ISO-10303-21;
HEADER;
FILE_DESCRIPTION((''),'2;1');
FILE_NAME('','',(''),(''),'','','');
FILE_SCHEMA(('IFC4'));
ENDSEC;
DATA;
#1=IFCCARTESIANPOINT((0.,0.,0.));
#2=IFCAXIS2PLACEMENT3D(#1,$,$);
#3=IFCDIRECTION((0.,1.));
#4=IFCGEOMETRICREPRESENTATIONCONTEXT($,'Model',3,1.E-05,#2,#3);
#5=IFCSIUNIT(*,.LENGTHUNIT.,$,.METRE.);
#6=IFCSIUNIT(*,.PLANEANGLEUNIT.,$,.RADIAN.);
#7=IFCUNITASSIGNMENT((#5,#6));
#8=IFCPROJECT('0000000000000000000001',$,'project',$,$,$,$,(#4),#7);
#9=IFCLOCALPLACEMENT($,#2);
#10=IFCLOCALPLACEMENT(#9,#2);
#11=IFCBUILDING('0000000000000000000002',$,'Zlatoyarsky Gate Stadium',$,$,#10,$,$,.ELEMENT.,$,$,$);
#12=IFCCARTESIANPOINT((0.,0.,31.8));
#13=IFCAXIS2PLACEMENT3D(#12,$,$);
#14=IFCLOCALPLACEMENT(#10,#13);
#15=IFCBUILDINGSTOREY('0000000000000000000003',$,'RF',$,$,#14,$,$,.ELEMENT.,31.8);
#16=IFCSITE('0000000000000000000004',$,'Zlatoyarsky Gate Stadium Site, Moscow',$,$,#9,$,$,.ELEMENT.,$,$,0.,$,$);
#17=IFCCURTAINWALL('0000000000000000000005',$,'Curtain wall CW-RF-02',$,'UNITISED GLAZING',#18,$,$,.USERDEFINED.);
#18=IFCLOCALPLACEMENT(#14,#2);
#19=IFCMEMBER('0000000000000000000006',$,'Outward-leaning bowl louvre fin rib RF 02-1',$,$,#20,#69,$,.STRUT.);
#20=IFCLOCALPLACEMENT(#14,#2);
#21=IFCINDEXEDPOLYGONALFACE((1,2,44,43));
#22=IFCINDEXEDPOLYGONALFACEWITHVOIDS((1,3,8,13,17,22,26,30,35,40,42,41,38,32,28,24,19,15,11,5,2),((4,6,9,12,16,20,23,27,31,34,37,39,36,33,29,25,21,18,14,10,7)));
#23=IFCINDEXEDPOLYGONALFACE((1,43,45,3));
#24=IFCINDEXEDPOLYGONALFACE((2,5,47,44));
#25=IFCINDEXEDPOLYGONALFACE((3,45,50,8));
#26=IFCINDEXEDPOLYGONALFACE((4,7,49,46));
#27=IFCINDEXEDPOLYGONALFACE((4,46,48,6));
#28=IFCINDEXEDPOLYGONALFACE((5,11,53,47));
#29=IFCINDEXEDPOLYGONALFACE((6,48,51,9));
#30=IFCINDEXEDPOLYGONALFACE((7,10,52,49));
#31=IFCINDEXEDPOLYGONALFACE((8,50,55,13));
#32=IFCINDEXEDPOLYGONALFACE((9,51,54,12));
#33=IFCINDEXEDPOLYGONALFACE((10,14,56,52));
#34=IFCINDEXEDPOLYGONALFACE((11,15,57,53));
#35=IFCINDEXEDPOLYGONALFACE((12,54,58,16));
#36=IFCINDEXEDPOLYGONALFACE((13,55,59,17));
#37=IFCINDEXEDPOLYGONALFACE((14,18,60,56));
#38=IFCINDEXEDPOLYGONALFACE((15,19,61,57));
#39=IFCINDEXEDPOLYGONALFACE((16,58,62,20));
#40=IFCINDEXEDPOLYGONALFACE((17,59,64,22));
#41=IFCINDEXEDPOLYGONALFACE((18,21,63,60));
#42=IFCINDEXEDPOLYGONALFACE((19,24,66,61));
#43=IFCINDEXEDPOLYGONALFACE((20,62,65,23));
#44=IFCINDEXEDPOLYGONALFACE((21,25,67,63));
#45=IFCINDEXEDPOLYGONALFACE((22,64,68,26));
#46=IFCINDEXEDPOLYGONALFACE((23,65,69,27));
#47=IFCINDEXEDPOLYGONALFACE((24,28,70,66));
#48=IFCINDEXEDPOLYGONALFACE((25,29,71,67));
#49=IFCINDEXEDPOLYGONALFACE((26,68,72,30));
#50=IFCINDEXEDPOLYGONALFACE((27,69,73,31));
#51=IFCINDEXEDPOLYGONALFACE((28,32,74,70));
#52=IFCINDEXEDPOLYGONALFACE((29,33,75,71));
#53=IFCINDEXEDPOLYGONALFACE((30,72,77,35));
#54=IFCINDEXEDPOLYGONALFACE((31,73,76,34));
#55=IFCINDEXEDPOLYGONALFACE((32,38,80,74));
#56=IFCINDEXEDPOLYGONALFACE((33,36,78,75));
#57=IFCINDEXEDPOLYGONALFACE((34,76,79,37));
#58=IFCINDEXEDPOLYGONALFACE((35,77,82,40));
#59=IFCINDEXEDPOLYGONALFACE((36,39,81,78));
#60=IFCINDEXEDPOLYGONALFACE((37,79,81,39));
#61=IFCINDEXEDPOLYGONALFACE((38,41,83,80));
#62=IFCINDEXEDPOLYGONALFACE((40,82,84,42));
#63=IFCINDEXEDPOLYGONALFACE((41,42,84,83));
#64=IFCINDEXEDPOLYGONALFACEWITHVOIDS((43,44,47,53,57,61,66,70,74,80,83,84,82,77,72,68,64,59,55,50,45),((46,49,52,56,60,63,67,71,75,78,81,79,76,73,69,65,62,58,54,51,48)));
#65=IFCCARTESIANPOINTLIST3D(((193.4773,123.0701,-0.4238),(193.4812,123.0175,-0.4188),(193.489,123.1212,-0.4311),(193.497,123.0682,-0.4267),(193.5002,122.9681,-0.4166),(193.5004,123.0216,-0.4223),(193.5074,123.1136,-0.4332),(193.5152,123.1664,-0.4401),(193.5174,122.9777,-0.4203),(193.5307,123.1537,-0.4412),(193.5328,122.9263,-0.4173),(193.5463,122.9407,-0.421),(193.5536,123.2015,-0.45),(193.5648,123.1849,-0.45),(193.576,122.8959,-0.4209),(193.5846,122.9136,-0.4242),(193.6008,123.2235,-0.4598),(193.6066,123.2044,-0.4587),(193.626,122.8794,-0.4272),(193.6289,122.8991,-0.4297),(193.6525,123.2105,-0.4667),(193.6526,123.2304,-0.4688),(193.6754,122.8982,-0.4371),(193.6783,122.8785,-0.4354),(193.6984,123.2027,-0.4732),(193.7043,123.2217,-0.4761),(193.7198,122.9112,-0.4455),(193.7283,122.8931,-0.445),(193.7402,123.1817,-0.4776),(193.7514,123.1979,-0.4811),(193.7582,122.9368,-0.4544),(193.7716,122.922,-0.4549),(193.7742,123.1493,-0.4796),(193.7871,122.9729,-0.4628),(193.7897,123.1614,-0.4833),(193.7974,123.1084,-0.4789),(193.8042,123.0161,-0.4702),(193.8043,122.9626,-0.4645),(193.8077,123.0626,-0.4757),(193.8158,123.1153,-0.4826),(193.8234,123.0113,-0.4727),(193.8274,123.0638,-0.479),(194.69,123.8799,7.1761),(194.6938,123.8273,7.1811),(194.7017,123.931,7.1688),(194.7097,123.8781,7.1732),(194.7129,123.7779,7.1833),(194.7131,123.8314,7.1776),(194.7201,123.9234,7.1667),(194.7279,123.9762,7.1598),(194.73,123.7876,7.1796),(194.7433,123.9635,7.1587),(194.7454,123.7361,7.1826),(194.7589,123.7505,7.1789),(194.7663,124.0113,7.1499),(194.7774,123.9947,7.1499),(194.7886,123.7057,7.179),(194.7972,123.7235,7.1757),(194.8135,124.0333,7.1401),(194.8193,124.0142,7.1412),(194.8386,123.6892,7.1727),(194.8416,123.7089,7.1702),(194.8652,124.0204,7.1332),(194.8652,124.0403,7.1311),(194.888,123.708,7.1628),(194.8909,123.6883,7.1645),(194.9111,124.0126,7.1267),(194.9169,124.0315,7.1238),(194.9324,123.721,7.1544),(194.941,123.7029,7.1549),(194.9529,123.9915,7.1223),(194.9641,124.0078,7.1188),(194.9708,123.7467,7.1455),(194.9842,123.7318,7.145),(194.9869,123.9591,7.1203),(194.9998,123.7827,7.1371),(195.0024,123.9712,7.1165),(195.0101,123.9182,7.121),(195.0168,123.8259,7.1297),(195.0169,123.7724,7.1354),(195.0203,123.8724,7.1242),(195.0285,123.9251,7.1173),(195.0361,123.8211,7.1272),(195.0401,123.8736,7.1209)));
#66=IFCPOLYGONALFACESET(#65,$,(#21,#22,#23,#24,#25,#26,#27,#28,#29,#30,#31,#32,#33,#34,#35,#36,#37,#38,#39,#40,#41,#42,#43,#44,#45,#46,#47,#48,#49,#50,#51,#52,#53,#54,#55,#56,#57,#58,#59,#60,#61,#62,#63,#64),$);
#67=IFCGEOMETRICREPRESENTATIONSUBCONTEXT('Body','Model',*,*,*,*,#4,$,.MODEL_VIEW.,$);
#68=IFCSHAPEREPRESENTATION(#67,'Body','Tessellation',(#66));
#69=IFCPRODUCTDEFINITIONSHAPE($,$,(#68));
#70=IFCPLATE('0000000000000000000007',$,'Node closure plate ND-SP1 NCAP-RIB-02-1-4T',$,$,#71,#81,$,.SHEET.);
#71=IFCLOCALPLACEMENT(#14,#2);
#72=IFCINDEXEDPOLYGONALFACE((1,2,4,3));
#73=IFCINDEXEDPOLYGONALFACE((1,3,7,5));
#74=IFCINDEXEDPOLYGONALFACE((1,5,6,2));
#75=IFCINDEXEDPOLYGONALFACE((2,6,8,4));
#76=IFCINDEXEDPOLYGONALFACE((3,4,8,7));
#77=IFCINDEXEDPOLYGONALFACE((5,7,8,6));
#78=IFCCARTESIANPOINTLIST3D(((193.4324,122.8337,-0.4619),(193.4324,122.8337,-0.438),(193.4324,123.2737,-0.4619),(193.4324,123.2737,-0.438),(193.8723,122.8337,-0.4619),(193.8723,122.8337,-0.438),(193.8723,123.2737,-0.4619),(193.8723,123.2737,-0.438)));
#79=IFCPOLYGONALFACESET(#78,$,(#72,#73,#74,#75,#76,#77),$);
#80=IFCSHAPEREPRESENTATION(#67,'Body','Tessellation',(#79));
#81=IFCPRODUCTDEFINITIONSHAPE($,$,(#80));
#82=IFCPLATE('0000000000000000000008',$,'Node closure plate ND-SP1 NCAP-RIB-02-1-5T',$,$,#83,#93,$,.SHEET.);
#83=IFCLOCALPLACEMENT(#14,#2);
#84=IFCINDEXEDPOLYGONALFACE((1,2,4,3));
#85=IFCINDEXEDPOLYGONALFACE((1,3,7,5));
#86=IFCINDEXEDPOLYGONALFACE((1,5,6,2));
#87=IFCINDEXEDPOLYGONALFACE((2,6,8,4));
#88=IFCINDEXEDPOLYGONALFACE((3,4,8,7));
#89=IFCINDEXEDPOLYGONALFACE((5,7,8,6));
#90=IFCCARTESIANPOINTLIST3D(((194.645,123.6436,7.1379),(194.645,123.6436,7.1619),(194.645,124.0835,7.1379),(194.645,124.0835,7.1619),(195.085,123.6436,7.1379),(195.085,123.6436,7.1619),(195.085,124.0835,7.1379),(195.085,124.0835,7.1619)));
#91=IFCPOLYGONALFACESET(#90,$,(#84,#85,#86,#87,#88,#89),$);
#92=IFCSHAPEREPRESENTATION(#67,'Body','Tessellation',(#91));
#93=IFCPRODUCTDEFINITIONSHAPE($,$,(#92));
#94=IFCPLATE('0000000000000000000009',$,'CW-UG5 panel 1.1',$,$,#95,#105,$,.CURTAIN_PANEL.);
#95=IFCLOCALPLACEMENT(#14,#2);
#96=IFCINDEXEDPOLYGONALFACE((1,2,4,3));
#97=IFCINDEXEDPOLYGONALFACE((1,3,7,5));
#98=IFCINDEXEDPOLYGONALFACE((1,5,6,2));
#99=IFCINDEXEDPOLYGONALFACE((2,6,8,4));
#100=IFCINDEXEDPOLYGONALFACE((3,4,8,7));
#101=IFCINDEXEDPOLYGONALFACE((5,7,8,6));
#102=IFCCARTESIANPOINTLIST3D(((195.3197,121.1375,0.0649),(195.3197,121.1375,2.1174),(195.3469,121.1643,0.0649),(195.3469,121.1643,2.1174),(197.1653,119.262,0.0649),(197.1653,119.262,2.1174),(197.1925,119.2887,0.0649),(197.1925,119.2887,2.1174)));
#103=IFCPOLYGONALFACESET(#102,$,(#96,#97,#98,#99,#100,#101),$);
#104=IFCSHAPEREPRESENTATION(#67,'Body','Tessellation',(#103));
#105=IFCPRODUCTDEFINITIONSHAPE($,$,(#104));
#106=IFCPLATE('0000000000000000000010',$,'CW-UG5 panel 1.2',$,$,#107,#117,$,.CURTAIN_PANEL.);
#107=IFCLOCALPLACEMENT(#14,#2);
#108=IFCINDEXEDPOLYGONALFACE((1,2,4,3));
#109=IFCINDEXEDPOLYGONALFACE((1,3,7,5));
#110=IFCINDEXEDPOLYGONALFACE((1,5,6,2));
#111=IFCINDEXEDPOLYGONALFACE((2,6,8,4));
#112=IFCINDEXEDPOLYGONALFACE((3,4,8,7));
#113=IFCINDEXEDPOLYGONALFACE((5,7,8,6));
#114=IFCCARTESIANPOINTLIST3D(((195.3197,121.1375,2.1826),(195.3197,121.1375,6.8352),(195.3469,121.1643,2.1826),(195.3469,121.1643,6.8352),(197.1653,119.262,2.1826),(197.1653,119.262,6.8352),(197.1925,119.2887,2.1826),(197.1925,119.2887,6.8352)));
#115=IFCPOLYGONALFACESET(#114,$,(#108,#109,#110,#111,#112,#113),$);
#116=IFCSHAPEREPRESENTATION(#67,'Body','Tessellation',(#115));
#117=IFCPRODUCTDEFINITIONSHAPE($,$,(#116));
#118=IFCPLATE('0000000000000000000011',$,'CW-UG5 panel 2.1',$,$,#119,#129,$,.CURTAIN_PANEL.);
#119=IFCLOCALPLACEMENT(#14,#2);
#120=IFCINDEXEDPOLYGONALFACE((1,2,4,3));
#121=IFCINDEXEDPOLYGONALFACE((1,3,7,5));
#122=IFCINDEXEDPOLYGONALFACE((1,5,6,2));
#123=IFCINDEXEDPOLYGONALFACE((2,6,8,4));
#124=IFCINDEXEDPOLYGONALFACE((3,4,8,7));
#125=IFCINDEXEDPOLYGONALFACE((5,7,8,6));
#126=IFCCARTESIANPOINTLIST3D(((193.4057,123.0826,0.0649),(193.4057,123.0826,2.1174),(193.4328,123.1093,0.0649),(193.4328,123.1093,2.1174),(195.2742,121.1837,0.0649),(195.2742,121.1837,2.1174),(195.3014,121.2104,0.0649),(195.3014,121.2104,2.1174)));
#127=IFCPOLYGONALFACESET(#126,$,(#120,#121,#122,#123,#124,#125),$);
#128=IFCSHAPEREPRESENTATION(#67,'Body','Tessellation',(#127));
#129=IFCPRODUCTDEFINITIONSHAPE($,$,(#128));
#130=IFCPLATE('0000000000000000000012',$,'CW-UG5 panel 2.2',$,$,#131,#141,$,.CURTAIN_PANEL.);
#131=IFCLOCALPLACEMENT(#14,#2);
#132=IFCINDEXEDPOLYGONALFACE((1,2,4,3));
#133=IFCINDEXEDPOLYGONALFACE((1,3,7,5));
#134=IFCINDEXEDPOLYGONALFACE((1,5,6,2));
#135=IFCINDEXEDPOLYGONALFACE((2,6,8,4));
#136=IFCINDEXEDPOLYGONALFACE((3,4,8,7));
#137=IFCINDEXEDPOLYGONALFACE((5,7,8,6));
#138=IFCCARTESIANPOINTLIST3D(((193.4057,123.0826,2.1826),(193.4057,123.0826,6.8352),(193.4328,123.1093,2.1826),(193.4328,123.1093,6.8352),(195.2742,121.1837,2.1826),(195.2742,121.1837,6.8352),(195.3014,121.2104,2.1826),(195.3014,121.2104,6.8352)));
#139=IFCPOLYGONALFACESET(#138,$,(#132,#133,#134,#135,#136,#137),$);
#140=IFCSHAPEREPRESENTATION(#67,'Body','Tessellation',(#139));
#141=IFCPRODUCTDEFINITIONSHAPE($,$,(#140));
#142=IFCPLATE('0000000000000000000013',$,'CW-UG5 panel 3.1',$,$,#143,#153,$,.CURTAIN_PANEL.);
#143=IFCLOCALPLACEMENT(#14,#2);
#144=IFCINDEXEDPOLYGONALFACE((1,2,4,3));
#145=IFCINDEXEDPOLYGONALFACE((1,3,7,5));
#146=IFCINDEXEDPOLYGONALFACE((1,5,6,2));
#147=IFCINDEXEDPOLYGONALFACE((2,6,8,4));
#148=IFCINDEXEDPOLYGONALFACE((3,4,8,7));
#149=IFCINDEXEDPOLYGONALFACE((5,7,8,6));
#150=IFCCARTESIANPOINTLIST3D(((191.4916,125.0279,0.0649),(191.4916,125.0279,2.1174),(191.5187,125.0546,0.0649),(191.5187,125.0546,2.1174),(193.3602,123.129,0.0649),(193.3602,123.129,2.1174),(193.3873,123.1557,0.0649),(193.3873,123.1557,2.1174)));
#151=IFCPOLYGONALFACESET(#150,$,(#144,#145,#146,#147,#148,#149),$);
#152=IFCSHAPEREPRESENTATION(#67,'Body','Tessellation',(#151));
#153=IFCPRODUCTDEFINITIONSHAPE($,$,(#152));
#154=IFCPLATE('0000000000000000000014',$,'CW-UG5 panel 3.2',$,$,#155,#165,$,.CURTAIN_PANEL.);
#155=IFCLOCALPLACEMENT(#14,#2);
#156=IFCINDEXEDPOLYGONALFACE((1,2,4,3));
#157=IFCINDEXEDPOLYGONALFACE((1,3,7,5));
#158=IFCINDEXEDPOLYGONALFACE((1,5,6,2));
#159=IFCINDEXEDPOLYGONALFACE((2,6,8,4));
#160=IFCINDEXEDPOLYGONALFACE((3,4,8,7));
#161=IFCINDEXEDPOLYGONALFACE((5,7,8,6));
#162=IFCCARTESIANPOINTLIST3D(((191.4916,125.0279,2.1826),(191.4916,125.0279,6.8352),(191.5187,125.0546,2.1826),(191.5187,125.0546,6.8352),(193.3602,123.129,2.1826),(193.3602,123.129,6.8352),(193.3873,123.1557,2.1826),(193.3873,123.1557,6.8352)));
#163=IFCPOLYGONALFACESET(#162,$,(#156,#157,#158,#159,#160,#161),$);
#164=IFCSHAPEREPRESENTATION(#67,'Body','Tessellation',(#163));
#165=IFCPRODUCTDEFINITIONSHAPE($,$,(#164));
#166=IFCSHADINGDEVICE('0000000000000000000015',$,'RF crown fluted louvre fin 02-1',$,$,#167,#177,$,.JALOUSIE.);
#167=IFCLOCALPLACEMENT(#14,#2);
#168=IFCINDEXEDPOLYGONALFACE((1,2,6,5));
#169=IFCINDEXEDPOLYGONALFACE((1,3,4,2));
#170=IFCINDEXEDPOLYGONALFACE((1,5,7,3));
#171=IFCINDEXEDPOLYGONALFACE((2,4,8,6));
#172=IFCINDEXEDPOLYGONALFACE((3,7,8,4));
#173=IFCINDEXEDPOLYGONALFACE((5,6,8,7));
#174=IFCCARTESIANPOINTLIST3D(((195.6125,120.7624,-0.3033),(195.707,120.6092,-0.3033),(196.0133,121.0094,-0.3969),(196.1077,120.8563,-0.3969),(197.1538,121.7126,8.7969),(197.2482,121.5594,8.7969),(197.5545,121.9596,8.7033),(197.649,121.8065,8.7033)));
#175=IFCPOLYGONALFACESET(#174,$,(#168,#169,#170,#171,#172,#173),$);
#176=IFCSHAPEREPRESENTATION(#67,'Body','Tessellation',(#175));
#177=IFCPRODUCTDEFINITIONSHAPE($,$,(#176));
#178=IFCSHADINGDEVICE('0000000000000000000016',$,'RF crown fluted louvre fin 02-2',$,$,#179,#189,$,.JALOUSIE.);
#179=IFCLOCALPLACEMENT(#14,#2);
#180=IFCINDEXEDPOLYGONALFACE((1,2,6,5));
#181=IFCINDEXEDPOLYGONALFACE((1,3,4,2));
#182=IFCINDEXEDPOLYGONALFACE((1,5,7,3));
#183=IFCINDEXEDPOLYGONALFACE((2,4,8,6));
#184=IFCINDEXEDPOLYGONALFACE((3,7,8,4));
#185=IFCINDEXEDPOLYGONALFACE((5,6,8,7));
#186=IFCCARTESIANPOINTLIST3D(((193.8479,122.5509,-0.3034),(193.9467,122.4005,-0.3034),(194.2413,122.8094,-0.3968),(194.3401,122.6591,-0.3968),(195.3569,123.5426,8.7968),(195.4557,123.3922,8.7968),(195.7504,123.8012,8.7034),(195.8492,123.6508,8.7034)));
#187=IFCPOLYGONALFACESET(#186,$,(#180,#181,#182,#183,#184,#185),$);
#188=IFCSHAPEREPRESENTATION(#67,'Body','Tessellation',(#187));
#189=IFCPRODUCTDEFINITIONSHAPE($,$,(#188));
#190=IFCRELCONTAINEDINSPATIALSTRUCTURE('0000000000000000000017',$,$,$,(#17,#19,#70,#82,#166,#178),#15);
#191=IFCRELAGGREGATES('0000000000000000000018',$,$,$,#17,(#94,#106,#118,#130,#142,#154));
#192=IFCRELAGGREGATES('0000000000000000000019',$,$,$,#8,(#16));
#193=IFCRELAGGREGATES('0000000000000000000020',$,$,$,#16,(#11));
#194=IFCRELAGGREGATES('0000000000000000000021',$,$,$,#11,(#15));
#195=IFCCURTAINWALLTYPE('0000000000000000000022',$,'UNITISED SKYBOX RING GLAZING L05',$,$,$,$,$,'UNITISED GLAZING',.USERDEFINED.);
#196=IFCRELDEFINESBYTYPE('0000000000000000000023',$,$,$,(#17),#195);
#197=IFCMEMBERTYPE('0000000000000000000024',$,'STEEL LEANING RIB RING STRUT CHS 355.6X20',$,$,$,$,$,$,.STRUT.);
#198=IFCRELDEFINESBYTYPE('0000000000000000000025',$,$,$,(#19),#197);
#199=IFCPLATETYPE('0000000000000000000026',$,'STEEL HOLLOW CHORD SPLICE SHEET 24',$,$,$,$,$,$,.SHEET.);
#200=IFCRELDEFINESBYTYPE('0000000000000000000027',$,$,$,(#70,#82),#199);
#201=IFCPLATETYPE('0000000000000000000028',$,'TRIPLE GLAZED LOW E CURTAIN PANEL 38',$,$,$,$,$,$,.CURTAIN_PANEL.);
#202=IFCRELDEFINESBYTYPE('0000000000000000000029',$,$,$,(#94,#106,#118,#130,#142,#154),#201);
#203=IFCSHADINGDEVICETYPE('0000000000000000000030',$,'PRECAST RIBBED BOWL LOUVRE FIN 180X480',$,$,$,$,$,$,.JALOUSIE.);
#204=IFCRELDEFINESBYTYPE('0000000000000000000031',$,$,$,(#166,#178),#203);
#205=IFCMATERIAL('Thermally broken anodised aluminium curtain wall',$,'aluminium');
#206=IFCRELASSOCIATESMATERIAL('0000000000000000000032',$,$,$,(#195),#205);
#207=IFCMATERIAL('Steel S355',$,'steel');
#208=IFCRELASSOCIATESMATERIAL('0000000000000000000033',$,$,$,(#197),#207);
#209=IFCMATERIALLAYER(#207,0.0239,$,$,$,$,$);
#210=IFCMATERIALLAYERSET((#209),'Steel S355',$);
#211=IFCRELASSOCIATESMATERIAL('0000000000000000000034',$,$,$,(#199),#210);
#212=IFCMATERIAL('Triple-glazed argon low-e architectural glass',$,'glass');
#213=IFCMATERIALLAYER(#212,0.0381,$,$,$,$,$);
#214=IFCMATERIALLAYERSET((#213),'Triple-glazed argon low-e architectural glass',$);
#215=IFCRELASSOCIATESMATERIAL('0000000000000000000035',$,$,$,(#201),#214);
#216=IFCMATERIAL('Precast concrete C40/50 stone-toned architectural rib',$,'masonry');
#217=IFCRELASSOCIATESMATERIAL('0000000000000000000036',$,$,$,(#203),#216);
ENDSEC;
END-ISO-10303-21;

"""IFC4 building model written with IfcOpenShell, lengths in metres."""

from ifc_helpers import new_model, si_unit, direction, frame, origin, origin_2d, place, context, subcontext, project, spatial, rectangle, hollow_circle, extrude, material, layer, layer_set, material_profile, profile_set, type_object, element, aggregate, save


model = new_model("IFC4")

# Units and contexts
model_context = context("Model", 3, precision=1e-05, world=origin(), true_north=direction((0.0, 1.0)))
body_context = subcontext(model_context, "Body", "Model", "MODEL_VIEW")
ifc_project = project(units=[si_unit("LENGTHUNIT", "METRE"), si_unit("PLANEANGLEUNIT", "RADIAN")], contexts=[model_context])

# Site, building, storey
site_placement = place(None, origin())
site = spatial("IfcSite", under=ifc_project, at=site_placement, Name="Zlatoyarsky Gate Stadium Site, Moscow", CompositionType="ELEMENT", RefElevation=0.0)
building_placement = place(site_placement, origin())
building = spatial("IfcBuilding", under=site, at=building_placement, Name="Zlatoyarsky Gate Stadium", CompositionType="ELEMENT")
storey_placement = place(building_placement, frame((0.0, 0.0, 31.8)))
storey = spatial("IfcBuildingStorey", under=building, at=storey_placement, Name="RF", CompositionType="ELEMENT", Elevation=31.8)

# Curtain wall
ifc_material_1 = material(Name="Thermally broken anodised aluminium curtain wall", Category="aluminium")
curtain_wall_type = type_object("IfcCurtainWallType", Name="UNITISED SKYBOX RING GLAZING L05", ElementType="UNITISED GLAZING", PredefinedType="USERDEFINED", material=ifc_material_1)
curtain_wall_placement = place(storey_placement, origin())
curtain_wall = element("IfcCurtainWall", 1, at=curtain_wall_placement, inside=storey, type_object=curtain_wall_type, Name="Curtain wall CW-RF-02", ObjectType="UNITISED GLAZING", PredefinedType="USERDEFINED")

# Member
ifc_material_2 = material(Name="Steel S355", Category="steel")
ifc_material_profile_1 = material_profile(ifc_material_2, hollow_circle(Radius=0.1777, WallThickness=0.02, at=origin_2d()), Name="CHS 355.6X20")
ifc_profile_set_1 = profile_set([ifc_material_profile_1], Name="Steel S355")
member_type_1 = type_object("IfcMemberType", Name="STEEL LEANING RIB RING STRUT CHS 355.6X20", PredefinedType="STRUT", material=ifc_profile_set_1)
member_1_placement = place(storey_placement, frame((193.6523, 123.0537, -0.45), z_axis=(0.156703, 0.104648, 0.982086), x_axis=(-0.555357, 0.831612, 0.0)))
element("IfcMember", 2, at=member_1_placement, inside=storey, type_object=member_type_1, Name="Outward-leaning bowl louvre fin rib RF 02-1", PredefinedType="STRUT", context=body_context, shape_type="SweptSolid", body=[
    extrude(hollow_circle(Radius=0.1777, WallThickness=0.02, at=origin_2d()), origin(), (0.0, 0.0, 1.0), 7.7385),
])

# Plates
ifc_layer_1 = layer(ifc_material_2, 0.0239)
ifc_layer_set_1 = layer_set([ifc_layer_1], Name="Steel S355")
plate_type_1 = type_object("IfcPlateType", Name="STEEL HOLLOW CHORD SPLICE SHEET 24", PredefinedType="SHEET", material=ifc_layer_set_1)
for number, where, z_axis, x_axis, name in (
    (3, (193.6523, 123.0537, -0.4619), (0.0, 0.0, 1.0), (1.0, 0.0, 0.0), "Node closure plate ND-SP1 NCAP-RIB-02-1-4T"),
    (4, (194.865, 123.8635, 7.1379), (0.0, 0.0, 1.0), (1.0, 0.0, 0.0), "Node closure plate ND-SP1 NCAP-RIB-02-1-5T"),
):
    element("IfcPlate", number, at=place(storey_placement, frame(where, z_axis=z_axis, x_axis=x_axis)), inside=storey, type_object=plate_type_1, Name=name, PredefinedType="SHEET", context=body_context, shape_type="SweptSolid", body=[
        extrude(rectangle(XDim=0.4399, YDim=0.4399, at=origin_2d()), origin(), (0.0, 0.0, 1.0), 0.0239),
    ])

# Plates
ifc_material_3 = material(Name="Triple-glazed argon low-e architectural glass", Category="glass")
ifc_layer_2 = layer(ifc_material_3, 0.0381)
ifc_layer_set_2 = layer_set([ifc_layer_2], Name="Triple-glazed argon low-e architectural glass")
plate_type_2 = type_object("IfcPlateType", Name="TRIPLE GLAZED LOW E CURTAIN PANEL 38", PredefinedType="CURTAIN_PANEL", material=ifc_layer_set_2)
plate_1_placement = place(storey_placement, frame((196.2561, 120.2131, 0.0649), z_axis=(0.0, 0.0, 1.0), x_axis=(-0.701402, 0.712766, 0.0)))
plate_1 = element("IfcPlate", 5, at=plate_1_placement, type_object=plate_type_2, Name="CW-UG5 panel 1.1", PredefinedType="CURTAIN_PANEL", context=body_context, shape_type="SweptSolid", body=[
    extrude(rectangle(XDim=2.6313, YDim=0.0381, at=origin_2d()), origin(), (0.0, 0.0, 1.0), 2.0525),
])
plate_2_placement = place(storey_placement, frame((196.2561, 120.2131, 2.1826), z_axis=(0.0, 0.0, 1.0), x_axis=(-0.701402, 0.712766, 0.0)))
plate_2 = element("IfcPlate", 6, at=plate_2_placement, type_object=plate_type_2, Name="CW-UG5 panel 1.2", PredefinedType="CURTAIN_PANEL", context=body_context, shape_type="SweptSolid", body=[
    extrude(rectangle(XDim=2.6313, YDim=0.0381, at=origin_2d()), origin(), (0.0, 0.0, 1.0), 4.6526),
])
plate_3_placement = place(storey_placement, frame((194.3535, 122.1465, 0.0649), z_axis=(0.0, 0.0, 1.0), x_axis=(-0.701402, 0.712766, 0.0)))
plate_3 = element("IfcPlate", 7, at=plate_3_placement, type_object=plate_type_2, Name="CW-UG5 panel 2.1", PredefinedType="CURTAIN_PANEL", context=body_context, shape_type="SweptSolid", body=[
    extrude(rectangle(XDim=2.6641, YDim=0.0381, at=origin_2d()), origin(), (0.0, 0.0, 1.0), 2.0525),
])
plate_4_placement = place(storey_placement, frame((194.3535, 122.1465, 2.1826), z_axis=(0.0, 0.0, 1.0), x_axis=(-0.701402, 0.712766, 0.0)))
plate_4 = element("IfcPlate", 8, at=plate_4_placement, type_object=plate_type_2, Name="CW-UG5 panel 2.2", PredefinedType="CURTAIN_PANEL", context=body_context, shape_type="SweptSolid", body=[
    extrude(rectangle(XDim=2.6641, YDim=0.0381, at=origin_2d()), origin(), (0.0, 0.0, 1.0), 4.6526),
])
plate_5_placement = place(storey_placement, frame((192.4395, 124.0918, 0.0649), z_axis=(0.0, 0.0, 1.0), x_axis=(-0.701402, 0.712766, 0.0)))
plate_5 = element("IfcPlate", 9, at=plate_5_placement, type_object=plate_type_2, Name="CW-UG5 panel 3.1", PredefinedType="CURTAIN_PANEL", context=body_context, shape_type="SweptSolid", body=[
    extrude(rectangle(XDim=2.6641, YDim=0.0381, at=origin_2d()), origin(), (0.0, 0.0, 1.0), 2.0525),
])
plate_6_placement = place(storey_placement, frame((192.4395, 124.0918, 2.1826), z_axis=(0.0, 0.0, 1.0), x_axis=(-0.701402, 0.712766, 0.0)))
plate_6 = element("IfcPlate", 10, at=plate_6_placement, type_object=plate_type_2, Name="CW-UG5 panel 3.2", PredefinedType="CURTAIN_PANEL", context=body_context, shape_type="SweptSolid", body=[
    extrude(rectangle(XDim=2.6641, YDim=0.0381, at=origin_2d()), origin(), (0.0, 0.0, 1.0), 4.6526),
])
aggregate(curtain_wall, [plate_1, plate_2, plate_3, plate_4, plate_5, plate_6])

# Shading devices
ifc_material_4 = material(Name="Precast concrete C40/50 stone-toned architectural rib", Category="masonry")
ifc_material_profile_2 = material_profile(ifc_material_4, rectangle(XDim=0.1799, YDim=0.48, at=origin_2d()), Name="RIB 180X480")
ifc_profile_set_2 = profile_set([ifc_material_profile_2], Name="Precast concrete C40/50 stone-toned architectural rib")
shading_device_type = type_object("IfcShadingDeviceType", Name="PRECAST RIBBED BOWL LOUVRE FIN 180X480", PredefinedType="JALOUSIE", material=ifc_profile_set_2)
shading_device_1_placement = place(storey_placement, frame((195.8601, 120.8093, -0.3501), z_axis=(0.166111, 0.102409, 0.980775), x_axis=(-0.524789, 0.851232, 0.0)))
element("IfcShadingDevice", 11, at=shading_device_1_placement, inside=storey, type_object=shading_device_type, Name="RF crown fluted louvre fin 02-1", PredefinedType="JALOUSIE", context=body_context, shape_type="SweptSolid", body=[
    extrude(rectangle(XDim=0.1799, YDim=0.48, at=origin_2d()), origin(), (0.0, 0.0, 1.0), 9.2786),
])
shading_device_2_placement = place(storey_placement, frame((194.094, 122.605, -0.3501), z_axis=(0.162655, 0.106893, 0.980876), x_axis=(-0.549197, 0.835693, 0.0)))
element("IfcShadingDevice", 12, at=shading_device_2_placement, inside=storey, type_object=shading_device_type, Name="RF crown fluted louvre fin 02-2", PredefinedType="JALOUSIE", context=body_context, shape_type="SweptSolid", body=[
    extrude(rectangle(XDim=0.1799, YDim=0.48, at=origin_2d()), origin(), (0.0, 0.0, 1.0), 9.2776),
])

save(model, "model.ifc")
